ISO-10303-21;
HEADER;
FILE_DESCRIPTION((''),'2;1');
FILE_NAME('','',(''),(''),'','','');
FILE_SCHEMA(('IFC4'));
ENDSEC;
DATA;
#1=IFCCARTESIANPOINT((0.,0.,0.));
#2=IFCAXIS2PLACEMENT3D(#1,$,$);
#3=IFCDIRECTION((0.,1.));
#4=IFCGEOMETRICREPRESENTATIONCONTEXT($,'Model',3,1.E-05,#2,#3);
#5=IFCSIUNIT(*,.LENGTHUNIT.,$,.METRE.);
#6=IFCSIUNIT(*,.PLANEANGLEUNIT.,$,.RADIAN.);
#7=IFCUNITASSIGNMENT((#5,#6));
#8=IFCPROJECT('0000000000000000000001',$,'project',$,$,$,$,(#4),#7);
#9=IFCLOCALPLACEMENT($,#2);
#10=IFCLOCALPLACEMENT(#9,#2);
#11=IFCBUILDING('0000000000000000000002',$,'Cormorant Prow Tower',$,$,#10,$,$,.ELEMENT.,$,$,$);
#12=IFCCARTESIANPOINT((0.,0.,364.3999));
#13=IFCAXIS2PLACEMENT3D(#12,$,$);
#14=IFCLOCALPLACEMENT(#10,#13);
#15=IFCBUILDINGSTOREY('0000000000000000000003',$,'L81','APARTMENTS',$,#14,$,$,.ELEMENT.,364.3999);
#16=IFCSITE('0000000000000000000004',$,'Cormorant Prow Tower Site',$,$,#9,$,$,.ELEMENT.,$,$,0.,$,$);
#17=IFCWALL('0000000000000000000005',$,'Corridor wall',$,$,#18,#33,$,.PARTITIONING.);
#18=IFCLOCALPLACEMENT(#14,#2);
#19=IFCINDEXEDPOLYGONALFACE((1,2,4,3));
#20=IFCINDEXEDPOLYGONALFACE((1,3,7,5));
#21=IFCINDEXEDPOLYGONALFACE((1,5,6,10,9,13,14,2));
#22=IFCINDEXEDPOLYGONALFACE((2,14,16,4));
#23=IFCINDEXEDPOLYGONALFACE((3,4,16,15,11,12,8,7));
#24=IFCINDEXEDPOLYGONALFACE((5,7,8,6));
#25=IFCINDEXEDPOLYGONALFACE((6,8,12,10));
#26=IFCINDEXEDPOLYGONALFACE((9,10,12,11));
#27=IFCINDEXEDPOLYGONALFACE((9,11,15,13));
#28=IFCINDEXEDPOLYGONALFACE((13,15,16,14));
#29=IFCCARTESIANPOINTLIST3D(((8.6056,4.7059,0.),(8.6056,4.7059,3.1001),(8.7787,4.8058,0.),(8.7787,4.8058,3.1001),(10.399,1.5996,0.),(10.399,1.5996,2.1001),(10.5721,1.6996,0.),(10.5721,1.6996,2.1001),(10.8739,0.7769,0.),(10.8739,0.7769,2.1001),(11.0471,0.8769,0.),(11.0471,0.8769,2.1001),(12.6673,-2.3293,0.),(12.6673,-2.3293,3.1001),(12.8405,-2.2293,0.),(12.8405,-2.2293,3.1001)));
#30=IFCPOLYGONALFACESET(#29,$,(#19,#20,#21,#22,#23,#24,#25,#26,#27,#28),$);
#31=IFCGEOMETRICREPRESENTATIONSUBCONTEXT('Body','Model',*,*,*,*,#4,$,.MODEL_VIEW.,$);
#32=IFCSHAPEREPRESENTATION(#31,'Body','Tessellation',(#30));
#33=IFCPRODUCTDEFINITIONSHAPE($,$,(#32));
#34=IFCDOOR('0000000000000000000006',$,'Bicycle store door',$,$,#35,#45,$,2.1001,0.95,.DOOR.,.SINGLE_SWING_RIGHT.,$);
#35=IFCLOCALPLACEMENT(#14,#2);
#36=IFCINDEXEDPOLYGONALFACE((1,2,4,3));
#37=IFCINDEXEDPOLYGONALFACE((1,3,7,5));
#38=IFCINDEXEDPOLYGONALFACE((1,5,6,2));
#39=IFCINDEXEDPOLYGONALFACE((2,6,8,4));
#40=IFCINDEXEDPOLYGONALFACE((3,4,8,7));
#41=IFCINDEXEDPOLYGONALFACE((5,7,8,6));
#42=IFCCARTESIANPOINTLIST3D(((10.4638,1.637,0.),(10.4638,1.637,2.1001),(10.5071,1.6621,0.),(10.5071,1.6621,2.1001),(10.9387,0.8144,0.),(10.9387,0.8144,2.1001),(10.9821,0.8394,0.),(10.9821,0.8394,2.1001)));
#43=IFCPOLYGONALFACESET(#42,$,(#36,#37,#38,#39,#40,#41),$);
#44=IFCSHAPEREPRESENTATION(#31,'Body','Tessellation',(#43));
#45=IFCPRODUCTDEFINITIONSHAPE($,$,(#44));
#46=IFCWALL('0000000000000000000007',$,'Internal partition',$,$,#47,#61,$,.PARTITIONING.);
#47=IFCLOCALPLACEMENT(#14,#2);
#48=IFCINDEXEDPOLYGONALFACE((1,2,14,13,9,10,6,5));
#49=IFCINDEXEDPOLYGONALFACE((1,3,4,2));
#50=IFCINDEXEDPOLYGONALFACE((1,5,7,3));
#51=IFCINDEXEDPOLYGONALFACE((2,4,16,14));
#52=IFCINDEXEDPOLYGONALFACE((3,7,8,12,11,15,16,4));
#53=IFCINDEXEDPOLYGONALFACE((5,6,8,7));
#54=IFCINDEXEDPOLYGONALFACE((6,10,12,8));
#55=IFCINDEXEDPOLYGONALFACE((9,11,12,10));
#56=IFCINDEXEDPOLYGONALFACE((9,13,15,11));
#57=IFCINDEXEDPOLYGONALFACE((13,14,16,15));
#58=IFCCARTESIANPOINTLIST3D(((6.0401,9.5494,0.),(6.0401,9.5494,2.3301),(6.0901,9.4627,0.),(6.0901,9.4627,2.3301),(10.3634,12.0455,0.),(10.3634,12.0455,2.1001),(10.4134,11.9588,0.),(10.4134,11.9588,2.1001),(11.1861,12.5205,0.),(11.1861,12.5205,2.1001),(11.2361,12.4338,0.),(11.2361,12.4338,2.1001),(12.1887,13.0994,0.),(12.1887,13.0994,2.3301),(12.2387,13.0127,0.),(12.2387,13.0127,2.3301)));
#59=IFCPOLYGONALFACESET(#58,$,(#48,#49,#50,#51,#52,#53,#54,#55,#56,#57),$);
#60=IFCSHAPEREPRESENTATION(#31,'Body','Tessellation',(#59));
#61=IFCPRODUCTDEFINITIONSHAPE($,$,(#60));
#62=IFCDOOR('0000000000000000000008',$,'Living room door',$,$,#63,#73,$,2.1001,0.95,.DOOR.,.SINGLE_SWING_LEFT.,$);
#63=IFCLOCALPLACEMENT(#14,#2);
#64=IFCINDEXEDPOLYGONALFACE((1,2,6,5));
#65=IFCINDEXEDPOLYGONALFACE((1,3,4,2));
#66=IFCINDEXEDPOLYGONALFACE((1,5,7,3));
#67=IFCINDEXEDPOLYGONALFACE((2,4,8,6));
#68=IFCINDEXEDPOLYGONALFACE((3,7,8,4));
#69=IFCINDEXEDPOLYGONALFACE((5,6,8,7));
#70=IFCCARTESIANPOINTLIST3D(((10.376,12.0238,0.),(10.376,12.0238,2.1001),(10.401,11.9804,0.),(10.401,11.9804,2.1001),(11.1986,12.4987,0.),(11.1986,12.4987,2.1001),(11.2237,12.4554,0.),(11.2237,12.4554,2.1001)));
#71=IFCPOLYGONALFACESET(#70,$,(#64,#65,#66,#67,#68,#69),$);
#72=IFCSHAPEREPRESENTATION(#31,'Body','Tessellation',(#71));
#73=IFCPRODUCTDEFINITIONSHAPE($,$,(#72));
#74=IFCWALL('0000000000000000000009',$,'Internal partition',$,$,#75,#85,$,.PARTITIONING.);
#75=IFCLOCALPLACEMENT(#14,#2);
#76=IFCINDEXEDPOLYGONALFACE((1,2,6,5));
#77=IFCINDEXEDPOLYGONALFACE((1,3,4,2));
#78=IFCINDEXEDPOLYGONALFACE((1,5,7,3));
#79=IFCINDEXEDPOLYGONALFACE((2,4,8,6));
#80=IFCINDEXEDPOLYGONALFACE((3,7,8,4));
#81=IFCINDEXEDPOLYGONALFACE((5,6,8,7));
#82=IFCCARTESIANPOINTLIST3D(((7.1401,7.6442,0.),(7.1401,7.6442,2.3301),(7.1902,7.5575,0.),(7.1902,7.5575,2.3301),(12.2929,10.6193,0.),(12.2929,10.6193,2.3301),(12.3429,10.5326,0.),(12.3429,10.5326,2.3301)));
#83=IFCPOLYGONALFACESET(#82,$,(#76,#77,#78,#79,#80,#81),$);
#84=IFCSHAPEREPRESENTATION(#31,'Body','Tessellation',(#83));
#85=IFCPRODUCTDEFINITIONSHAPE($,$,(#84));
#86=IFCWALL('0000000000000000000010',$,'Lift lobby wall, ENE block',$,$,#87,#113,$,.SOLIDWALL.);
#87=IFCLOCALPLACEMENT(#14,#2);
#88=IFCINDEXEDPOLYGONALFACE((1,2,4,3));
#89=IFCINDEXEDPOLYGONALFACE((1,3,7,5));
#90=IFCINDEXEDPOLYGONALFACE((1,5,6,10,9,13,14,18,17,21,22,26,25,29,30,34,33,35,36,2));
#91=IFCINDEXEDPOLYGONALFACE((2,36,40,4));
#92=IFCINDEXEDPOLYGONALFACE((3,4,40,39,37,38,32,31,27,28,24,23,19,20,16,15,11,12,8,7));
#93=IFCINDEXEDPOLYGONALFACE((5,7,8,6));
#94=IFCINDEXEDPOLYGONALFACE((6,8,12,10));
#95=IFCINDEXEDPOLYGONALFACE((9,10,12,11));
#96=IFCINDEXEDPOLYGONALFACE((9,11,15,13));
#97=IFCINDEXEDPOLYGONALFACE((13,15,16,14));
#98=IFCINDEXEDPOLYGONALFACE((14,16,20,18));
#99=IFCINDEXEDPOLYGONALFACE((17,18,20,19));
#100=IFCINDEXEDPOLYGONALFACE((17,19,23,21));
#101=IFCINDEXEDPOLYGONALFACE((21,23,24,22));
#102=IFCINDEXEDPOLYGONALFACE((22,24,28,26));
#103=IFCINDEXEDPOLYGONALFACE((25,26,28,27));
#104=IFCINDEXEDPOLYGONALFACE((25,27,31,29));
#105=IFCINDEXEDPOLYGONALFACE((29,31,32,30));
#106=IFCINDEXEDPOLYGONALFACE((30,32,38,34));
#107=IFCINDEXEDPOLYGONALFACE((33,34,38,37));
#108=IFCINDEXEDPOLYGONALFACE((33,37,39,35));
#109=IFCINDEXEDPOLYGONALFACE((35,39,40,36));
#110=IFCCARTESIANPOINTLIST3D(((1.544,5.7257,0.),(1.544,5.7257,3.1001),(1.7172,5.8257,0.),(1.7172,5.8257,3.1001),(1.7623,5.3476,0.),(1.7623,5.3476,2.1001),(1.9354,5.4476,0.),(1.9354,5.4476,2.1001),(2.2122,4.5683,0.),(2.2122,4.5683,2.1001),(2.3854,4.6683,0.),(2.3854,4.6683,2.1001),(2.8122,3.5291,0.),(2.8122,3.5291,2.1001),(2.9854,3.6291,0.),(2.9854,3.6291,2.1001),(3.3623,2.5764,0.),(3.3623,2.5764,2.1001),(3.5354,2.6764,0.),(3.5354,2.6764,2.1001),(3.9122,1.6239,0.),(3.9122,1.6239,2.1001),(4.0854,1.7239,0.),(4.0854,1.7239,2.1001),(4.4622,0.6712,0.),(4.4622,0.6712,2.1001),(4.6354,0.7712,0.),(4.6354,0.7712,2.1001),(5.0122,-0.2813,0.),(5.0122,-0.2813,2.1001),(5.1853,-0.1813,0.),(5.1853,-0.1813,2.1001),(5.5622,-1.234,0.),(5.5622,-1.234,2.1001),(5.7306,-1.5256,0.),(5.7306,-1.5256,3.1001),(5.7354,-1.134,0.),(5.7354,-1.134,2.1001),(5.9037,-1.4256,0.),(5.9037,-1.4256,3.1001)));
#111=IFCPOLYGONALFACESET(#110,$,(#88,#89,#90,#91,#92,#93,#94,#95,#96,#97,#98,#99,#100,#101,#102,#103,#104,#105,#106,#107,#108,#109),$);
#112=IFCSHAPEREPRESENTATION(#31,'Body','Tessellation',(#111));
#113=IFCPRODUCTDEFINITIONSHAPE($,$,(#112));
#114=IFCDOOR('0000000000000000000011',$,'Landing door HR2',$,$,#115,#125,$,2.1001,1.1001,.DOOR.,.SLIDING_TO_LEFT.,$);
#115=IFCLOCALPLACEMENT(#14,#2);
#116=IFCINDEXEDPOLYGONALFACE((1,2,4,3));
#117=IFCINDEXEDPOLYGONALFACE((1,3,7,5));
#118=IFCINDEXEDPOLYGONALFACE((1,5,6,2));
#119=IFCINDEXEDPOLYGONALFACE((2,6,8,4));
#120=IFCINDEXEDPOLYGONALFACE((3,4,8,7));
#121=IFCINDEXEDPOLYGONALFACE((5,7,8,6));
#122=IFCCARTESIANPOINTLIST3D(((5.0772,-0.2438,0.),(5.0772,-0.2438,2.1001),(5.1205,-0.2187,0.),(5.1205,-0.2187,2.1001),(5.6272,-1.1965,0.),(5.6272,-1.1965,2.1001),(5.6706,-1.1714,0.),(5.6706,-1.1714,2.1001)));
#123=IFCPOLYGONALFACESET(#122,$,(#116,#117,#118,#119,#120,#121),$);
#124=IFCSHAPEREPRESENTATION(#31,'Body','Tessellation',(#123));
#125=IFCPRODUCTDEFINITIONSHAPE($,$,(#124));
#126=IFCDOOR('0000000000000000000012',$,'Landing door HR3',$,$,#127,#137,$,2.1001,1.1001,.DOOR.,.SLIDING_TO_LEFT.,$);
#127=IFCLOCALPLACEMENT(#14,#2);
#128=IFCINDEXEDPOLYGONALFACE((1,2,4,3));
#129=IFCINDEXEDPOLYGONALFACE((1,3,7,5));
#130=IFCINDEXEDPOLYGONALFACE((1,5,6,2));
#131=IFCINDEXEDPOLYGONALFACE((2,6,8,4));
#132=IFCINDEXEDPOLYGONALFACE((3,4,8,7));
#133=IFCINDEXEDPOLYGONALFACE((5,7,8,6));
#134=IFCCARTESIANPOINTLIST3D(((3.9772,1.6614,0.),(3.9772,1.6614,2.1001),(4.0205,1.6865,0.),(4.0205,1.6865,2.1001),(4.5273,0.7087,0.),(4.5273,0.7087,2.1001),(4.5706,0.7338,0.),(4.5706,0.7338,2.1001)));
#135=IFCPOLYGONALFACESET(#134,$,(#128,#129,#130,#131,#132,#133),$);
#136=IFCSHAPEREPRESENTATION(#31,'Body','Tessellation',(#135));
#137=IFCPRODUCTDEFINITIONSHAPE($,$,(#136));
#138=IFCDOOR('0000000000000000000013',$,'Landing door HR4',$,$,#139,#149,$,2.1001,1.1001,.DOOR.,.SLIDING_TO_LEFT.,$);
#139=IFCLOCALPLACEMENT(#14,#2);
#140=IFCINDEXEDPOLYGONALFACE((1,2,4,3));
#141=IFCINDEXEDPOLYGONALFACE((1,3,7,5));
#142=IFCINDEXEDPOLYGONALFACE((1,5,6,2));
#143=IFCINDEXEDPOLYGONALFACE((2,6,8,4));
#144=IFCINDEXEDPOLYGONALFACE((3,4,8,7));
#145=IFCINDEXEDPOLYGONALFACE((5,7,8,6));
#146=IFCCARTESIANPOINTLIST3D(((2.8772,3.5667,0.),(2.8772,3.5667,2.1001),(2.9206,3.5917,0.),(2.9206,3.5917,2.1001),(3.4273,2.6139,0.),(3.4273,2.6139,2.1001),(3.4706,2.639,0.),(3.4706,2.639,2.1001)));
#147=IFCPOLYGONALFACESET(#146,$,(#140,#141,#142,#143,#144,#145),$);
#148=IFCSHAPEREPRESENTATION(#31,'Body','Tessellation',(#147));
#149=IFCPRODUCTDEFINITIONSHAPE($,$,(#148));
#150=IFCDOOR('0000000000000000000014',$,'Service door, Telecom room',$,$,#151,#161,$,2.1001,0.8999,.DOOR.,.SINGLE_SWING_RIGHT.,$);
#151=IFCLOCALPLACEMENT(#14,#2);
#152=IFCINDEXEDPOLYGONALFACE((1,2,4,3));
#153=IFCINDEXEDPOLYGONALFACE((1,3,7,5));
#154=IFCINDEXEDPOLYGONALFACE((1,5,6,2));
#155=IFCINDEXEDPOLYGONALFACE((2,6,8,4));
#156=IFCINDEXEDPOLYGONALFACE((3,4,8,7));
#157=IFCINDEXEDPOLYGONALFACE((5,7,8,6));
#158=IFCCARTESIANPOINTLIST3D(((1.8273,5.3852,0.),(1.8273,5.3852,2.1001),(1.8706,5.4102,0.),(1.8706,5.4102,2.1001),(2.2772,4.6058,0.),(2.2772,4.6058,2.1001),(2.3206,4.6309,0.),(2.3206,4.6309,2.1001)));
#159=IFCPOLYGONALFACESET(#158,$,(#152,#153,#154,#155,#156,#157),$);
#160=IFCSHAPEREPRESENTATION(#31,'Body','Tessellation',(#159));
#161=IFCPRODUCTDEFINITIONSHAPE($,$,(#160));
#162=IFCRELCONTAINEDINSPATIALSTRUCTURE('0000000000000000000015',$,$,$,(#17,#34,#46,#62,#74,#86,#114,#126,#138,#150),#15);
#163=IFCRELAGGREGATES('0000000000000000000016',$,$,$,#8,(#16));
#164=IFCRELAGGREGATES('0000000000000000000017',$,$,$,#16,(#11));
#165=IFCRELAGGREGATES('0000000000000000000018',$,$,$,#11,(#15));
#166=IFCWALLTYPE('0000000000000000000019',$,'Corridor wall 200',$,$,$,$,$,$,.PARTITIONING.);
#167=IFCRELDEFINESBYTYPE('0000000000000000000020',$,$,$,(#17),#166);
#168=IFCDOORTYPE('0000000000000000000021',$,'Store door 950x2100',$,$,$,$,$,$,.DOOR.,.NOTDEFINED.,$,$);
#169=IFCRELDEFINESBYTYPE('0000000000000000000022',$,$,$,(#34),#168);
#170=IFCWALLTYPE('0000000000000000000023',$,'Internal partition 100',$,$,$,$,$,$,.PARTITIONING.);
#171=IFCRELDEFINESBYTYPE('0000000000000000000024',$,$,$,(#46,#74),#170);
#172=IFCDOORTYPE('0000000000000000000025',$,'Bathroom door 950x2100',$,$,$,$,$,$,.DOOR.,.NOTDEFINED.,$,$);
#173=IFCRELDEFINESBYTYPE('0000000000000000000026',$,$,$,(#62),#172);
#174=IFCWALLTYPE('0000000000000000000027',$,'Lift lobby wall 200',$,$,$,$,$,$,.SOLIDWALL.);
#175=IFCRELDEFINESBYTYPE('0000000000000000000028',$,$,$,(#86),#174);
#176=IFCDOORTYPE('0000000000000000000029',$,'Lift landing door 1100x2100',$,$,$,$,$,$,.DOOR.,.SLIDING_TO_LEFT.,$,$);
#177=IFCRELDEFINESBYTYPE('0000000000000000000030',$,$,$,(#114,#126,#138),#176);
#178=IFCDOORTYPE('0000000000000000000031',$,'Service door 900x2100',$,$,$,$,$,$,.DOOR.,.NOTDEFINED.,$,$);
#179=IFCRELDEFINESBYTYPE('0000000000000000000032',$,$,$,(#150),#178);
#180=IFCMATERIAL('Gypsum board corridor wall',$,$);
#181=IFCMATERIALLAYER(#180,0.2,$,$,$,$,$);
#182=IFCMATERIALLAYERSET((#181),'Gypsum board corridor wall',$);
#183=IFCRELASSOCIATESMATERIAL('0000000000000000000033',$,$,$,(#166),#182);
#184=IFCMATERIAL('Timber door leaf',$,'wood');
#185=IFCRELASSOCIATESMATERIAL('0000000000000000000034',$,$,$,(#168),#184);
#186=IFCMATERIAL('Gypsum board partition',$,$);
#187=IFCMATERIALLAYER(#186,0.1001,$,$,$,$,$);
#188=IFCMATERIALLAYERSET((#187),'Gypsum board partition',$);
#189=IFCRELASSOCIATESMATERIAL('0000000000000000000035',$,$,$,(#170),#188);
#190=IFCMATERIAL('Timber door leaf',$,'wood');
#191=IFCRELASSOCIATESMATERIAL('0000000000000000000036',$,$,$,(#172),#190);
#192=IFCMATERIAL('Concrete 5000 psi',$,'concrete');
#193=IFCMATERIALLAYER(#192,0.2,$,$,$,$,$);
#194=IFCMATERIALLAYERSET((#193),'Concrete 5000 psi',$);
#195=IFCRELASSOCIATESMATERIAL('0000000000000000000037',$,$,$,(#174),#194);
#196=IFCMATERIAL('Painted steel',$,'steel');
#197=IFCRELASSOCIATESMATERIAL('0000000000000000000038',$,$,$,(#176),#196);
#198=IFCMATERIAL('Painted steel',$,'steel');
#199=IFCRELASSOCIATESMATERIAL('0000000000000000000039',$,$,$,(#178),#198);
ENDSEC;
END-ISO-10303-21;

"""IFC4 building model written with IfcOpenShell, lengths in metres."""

from ifc_helpers import new_model, si_unit, direction, frame, frame_2d, origin, place, context, subcontext, project, spatial, rectangle, extrude, material, layer, layer_set, type_object, element, fill, save


model = new_model("IFC4")

# Units and contexts
model_context = context("Model", 3, precision=1e-05, world=origin(), true_north=direction((0.0, 1.0)))
body_context = subcontext(model_context, "Body", "Model", "MODEL_VIEW")
ifc_project = project(units=[si_unit("LENGTHUNIT", "METRE"), si_unit("PLANEANGLEUNIT", "RADIAN")], contexts=[model_context])

# Site, building, storey
site_placement = place(None, origin())
site = spatial("IfcSite", under=ifc_project, at=site_placement, Name="Cormorant Prow Tower Site", CompositionType="ELEMENT", RefElevation=0.0)
building_placement = place(site_placement, origin())
building = spatial("IfcBuilding", under=site, at=building_placement, Name="Cormorant Prow Tower", CompositionType="ELEMENT")
storey_placement = place(building_placement, frame((0.0, 0.0, 364.3999)))
storey = spatial("IfcBuildingStorey", under=building, at=storey_placement, Name="L81", Description="APARTMENTS", CompositionType="ELEMENT", Elevation=364.3999)

# Walls, openings, doors
ifc_material_1 = material(Name="Gypsum board corridor wall")
ifc_layer_1 = layer(ifc_material_1, 0.2)
ifc_layer_set_1 = layer_set([ifc_layer_1], Name="Gypsum board corridor wall")
wall_type_1 = type_object("IfcWallType", Name="Corridor wall 200", PredefinedType="PARTITIONING", material=ifc_layer_set_1)
wall_1_placement = place(storey_placement, frame((8.6921, 4.7559, 0.0), z_axis=(0.0, 0.0, 1.0), x_axis=(0.500002, -0.866024, 0.0)))
wall_1 = element("IfcWall", 1, at=wall_1_placement, inside=storey, type_object=wall_type_1, Name="Corridor wall", PredefinedType="PARTITIONING", context=body_context, shape_type="SweptSolid", body=[
    extrude(rectangle(XDim=8.1235, YDim=0.2, at=frame_2d((4.0618, 0.0))), origin(), (0.0, 0.0, 1.0), 3.1001),
])
opening_1_placement = place(wall_1_placement, frame((3.5867, 0.0, 0.0)))
opening_1 = element("IfcOpeningElement", 2, at=opening_1_placement, cuts=wall_1, PredefinedType="OPENING", context=body_context, shape_type="SweptSolid", body=[
    extrude(rectangle(XDim=0.95, YDim=2.1001, at=frame_2d((0.4751, 1.05))), frame((0.0, 0.1099, 0.0), z_axis=(0.0, -1.0, 0.0), x_axis=(1.0, 0.0, 0.0)), (0.0, 0.0, 1.0), 0.22),
])
ifc_material_2 = material(Name="Timber door leaf", Category="wood")
door_type_1 = type_object("IfcDoorType", Name="Store door 950x2100", OperationType="NOTDEFINED", PredefinedType="DOOR", material=ifc_material_2)
door_1_placement = place(opening_1_placement, origin())
door_1 = element("IfcDoor", 3, at=door_1_placement, inside=storey, type_object=door_type_1, Name="Bicycle store door", OperationType="SINGLE_SWING_RIGHT", OverallHeight=2.1001, OverallWidth=0.95, PredefinedType="DOOR", context=body_context, shape_type="SweptSolid", body=[
    extrude(rectangle(XDim=0.95, YDim=2.1001, at=frame_2d((0.4751, 1.05))), frame((0.0, 0.0249, 0.0), z_axis=(0.0, -1.0, 0.0), x_axis=(1.0, 0.0, 0.0)), (0.0, 0.0, 1.0), 0.05),
])
fill(opening_1, door_1)
ifc_material_3 = material(Name="Gypsum board partition")
ifc_layer_2 = layer(ifc_material_3, 0.1001)
ifc_layer_set_2 = layer_set([ifc_layer_2], Name="Gypsum board partition")
wall_type_2 = type_object("IfcWallType", Name="Internal partition 100", PredefinedType="PARTITIONING", material=ifc_layer_set_2)
wall_2_placement = place(storey_placement, frame((6.0652, 9.5061, 0.0), z_axis=(0.0, 0.0, 1.0), x_axis=(0.866019, 0.500011, 0.0)))
wall_2 = element("IfcWall", 4, at=wall_2_placement, inside=storey, type_object=wall_type_2, Name="Internal partition", PredefinedType="PARTITIONING", context=body_context, shape_type="SweptSolid", body=[
    extrude(rectangle(XDim=7.0999, YDim=0.1001, at=frame_2d((3.5498, 0.0))), origin(), (0.0, 0.0, 1.0), 2.3301),
])
opening_2_placement = place(wall_2_placement, frame((4.9919, 0.0, 0.0)))
opening_2 = element("IfcOpeningElement", 5, at=opening_2_placement, cuts=wall_2, PredefinedType="OPENING", context=body_context, shape_type="SweptSolid", body=[
    extrude(rectangle(XDim=0.95, YDim=2.1001, at=frame_2d((0.4751, 1.05))), frame((0.0, 0.0601, 0.0), z_axis=(0.0, -1.0, 0.0), x_axis=(1.0, 0.0, 0.0)), (0.0, 0.0, 1.0), 0.1201),
])
ifc_material_4 = material(Name="Timber door leaf", Category="wood")
door_type_2 = type_object("IfcDoorType", Name="Bathroom door 950x2100", OperationType="NOTDEFINED", PredefinedType="DOOR", material=ifc_material_4)
door_2_placement = place(opening_2_placement, origin())
door_2 = element("IfcDoor", 6, at=door_2_placement, inside=storey, type_object=door_type_2, Name="Living room door", OperationType="SINGLE_SWING_LEFT", OverallHeight=2.1001, OverallWidth=0.95, PredefinedType="DOOR", context=body_context, shape_type="SweptSolid", body=[
    extrude(rectangle(XDim=0.95, YDim=2.1001, at=frame_2d((0.4751, 1.05))), frame((0.0, 0.0249, 0.0), z_axis=(0.0, -1.0, 0.0), x_axis=(1.0, 0.0, 0.0)), (0.0, 0.0, 1.0), 0.05),
])
fill(opening_2, door_2)

# Wall
wall_3_placement = place(storey_placement, frame((7.165, 7.6008, 0.0), z_axis=(0.0, 0.0, 1.0), x_axis=(0.866017, 0.500014, 0.0)))
element("IfcWall", 7, at=wall_3_placement, inside=storey, type_object=wall_type_2, Name="Internal partition", PredefinedType="PARTITIONING", context=body_context, shape_type="SweptSolid", body=[
    extrude(rectangle(XDim=5.95, YDim=0.1001, at=frame_2d((2.9751, 0.0))), origin(), (0.0, 0.0, 1.0), 2.3301),
])

# Wall, openings, doors
ifc_material_5 = material(Name="Concrete 5000 psi", Category="concrete")
ifc_layer_3 = layer(ifc_material_5, 0.2)
ifc_layer_set_3 = layer_set([ifc_layer_3], Name="Concrete 5000 psi")
wall_type_3 = type_object("IfcWallType", Name="Lift lobby wall 200", PredefinedType="SOLIDWALL", material=ifc_layer_set_3)
wall_4_placement = place(storey_placement, frame((5.8171, -1.4756, 0.0), z_axis=(0.0, 0.0, 1.0), x_axis=(-0.500003, 0.866024, 0.0)))
wall_4 = element("IfcWall", 8, at=wall_4_placement, inside=storey, type_object=wall_type_3, Name="Lift lobby wall, ENE block", PredefinedType="SOLIDWALL", context=body_context, shape_type="SweptSolid", body=[
    extrude(rectangle(XDim=8.373, YDim=0.2, at=frame_2d((4.1865, 0.0))), origin(), (0.0, 0.0, 1.0), 3.1001),
])
opening_3_placement = place(wall_4_placement, frame((0.3367, 0.0, 0.0)))
opening_3 = element("IfcOpeningElement", 9, at=opening_3_placement, cuts=wall_4, PredefinedType="OPENING", context=body_context, shape_type="SweptSolid", body=[
    extrude(rectangle(XDim=1.1001, YDim=2.1001, at=frame_2d((0.55, 1.05))), frame((0.0, 0.1099, 0.0), z_axis=(0.0, -1.0, 0.0), x_axis=(1.0, 0.0, 0.0)), (0.0, 0.0, 1.0), 0.22),
])
opening_4_placement = place(wall_4_placement, frame((2.5366, 0.0, 0.0)))
opening_4 = element("IfcOpeningElement", 10, at=opening_4_placement, cuts=wall_4, PredefinedType="OPENING", context=body_context, shape_type="SweptSolid", body=[
    extrude(rectangle(XDim=1.1001, YDim=2.1001, at=frame_2d((0.55, 1.05))), frame((0.0, 0.1099, 0.0), z_axis=(0.0, -1.0, 0.0), x_axis=(1.0, 0.0, 0.0)), (0.0, 0.0, 1.0), 0.22),
])
opening_5_placement = place(wall_4_placement, frame((4.7366, 0.0, 0.0)))
opening_5 = element("IfcOpeningElement", 11, at=opening_5_placement, cuts=wall_4, PredefinedType="OPENING", context=body_context, shape_type="SweptSolid", body=[
    extrude(rectangle(XDim=1.1001, YDim=2.1001, at=frame_2d((0.55, 1.05))), frame((0.0, 0.1099, 0.0), z_axis=(0.0, -1.0, 0.0), x_axis=(1.0, 0.0, 0.0)), (0.0, 0.0, 1.0), 0.22),
])
opening_6_placement = place(wall_4_placement, frame((7.0366, 0.0, 0.0)))
opening_6 = element("IfcOpeningElement", 12, at=opening_6_placement, cuts=wall_4, PredefinedType="OPENING", context=body_context, shape_type="SweptSolid", body=[
    extrude(rectangle(XDim=0.8999, YDim=2.1001, at=frame_2d((0.45, 1.05))), frame((0.0, 0.1099, 0.0), z_axis=(0.0, -1.0, 0.0), x_axis=(1.0, 0.0, 0.0)), (0.0, 0.0, 1.0), 0.22),
])
ifc_material_6 = material(Name="Painted steel", Category="steel")
door_type_3 = type_object("IfcDoorType", Name="Lift landing door 1100x2100", OperationType="SLIDING_TO_LEFT", PredefinedType="DOOR", material=ifc_material_6)
door_3_placement = place(opening_3_placement, origin())
door_3 = element("IfcDoor", 13, at=door_3_placement, inside=storey, type_object=door_type_3, Name="Landing door HR2", OperationType="SLIDING_TO_LEFT", OverallHeight=2.1001, OverallWidth=1.1001, PredefinedType="DOOR", context=body_context, shape_type="SweptSolid", body=[
    extrude(rectangle(XDim=1.1001, YDim=2.1001, at=frame_2d((0.55, 1.05))), frame((0.0, 0.0249, 0.0), z_axis=(0.0, -1.0, 0.0), x_axis=(1.0, 0.0, 0.0)), (0.0, 0.0, 1.0), 0.05),
])
fill(opening_3, door_3)
door_4_placement = place(opening_4_placement, origin())
door_4 = element("IfcDoor", 14, at=door_4_placement, inside=storey, type_object=door_type_3, Name="Landing door HR3", OperationType="SLIDING_TO_LEFT", OverallHeight=2.1001, OverallWidth=1.1001, PredefinedType="DOOR", context=body_context, shape_type="SweptSolid", body=[
    extrude(rectangle(XDim=1.1001, YDim=2.1001, at=frame_2d((0.55, 1.05))), frame((0.0, 0.0249, 0.0), z_axis=(0.0, -1.0, 0.0), x_axis=(1.0, 0.0, 0.0)), (0.0, 0.0, 1.0), 0.05),
])
fill(opening_4, door_4)
door_5_placement = place(opening_5_placement, origin())
door_5 = element("IfcDoor", 15, at=door_5_placement, inside=storey, type_object=door_type_3, Name="Landing door HR4", OperationType="SLIDING_TO_LEFT", OverallHeight=2.1001, OverallWidth=1.1001, PredefinedType="DOOR", context=body_context, shape_type="SweptSolid", body=[
    extrude(rectangle(XDim=1.1001, YDim=2.1001, at=frame_2d((0.55, 1.05))), frame((0.0, 0.0249, 0.0), z_axis=(0.0, -1.0, 0.0), x_axis=(1.0, 0.0, 0.0)), (0.0, 0.0, 1.0), 0.05),
])
fill(opening_5, door_5)
ifc_material_7 = material(Name="Painted steel", Category="steel")
door_type_4 = type_object("IfcDoorType", Name="Service door 900x2100", OperationType="NOTDEFINED", PredefinedType="DOOR", material=ifc_material_7)
door_6_placement = place(opening_6_placement, origin())
door_6 = element("IfcDoor", 16, at=door_6_placement, inside=storey, type_object=door_type_4, Name="Service door, Telecom room", OperationType="SINGLE_SWING_RIGHT", OverallHeight=2.1001, OverallWidth=0.8999, PredefinedType="DOOR", context=body_context, shape_type="SweptSolid", body=[
    extrude(rectangle(XDim=0.8999, YDim=2.1001, at=frame_2d((0.45, 1.05))), frame((0.0, 0.0249, 0.0), z_axis=(0.0, -1.0, 0.0), x_axis=(1.0, 0.0, 0.0)), (0.0, 0.0, 1.0), 0.05),
])
fill(opening_6, door_6)

save(model, "model.ifc")
